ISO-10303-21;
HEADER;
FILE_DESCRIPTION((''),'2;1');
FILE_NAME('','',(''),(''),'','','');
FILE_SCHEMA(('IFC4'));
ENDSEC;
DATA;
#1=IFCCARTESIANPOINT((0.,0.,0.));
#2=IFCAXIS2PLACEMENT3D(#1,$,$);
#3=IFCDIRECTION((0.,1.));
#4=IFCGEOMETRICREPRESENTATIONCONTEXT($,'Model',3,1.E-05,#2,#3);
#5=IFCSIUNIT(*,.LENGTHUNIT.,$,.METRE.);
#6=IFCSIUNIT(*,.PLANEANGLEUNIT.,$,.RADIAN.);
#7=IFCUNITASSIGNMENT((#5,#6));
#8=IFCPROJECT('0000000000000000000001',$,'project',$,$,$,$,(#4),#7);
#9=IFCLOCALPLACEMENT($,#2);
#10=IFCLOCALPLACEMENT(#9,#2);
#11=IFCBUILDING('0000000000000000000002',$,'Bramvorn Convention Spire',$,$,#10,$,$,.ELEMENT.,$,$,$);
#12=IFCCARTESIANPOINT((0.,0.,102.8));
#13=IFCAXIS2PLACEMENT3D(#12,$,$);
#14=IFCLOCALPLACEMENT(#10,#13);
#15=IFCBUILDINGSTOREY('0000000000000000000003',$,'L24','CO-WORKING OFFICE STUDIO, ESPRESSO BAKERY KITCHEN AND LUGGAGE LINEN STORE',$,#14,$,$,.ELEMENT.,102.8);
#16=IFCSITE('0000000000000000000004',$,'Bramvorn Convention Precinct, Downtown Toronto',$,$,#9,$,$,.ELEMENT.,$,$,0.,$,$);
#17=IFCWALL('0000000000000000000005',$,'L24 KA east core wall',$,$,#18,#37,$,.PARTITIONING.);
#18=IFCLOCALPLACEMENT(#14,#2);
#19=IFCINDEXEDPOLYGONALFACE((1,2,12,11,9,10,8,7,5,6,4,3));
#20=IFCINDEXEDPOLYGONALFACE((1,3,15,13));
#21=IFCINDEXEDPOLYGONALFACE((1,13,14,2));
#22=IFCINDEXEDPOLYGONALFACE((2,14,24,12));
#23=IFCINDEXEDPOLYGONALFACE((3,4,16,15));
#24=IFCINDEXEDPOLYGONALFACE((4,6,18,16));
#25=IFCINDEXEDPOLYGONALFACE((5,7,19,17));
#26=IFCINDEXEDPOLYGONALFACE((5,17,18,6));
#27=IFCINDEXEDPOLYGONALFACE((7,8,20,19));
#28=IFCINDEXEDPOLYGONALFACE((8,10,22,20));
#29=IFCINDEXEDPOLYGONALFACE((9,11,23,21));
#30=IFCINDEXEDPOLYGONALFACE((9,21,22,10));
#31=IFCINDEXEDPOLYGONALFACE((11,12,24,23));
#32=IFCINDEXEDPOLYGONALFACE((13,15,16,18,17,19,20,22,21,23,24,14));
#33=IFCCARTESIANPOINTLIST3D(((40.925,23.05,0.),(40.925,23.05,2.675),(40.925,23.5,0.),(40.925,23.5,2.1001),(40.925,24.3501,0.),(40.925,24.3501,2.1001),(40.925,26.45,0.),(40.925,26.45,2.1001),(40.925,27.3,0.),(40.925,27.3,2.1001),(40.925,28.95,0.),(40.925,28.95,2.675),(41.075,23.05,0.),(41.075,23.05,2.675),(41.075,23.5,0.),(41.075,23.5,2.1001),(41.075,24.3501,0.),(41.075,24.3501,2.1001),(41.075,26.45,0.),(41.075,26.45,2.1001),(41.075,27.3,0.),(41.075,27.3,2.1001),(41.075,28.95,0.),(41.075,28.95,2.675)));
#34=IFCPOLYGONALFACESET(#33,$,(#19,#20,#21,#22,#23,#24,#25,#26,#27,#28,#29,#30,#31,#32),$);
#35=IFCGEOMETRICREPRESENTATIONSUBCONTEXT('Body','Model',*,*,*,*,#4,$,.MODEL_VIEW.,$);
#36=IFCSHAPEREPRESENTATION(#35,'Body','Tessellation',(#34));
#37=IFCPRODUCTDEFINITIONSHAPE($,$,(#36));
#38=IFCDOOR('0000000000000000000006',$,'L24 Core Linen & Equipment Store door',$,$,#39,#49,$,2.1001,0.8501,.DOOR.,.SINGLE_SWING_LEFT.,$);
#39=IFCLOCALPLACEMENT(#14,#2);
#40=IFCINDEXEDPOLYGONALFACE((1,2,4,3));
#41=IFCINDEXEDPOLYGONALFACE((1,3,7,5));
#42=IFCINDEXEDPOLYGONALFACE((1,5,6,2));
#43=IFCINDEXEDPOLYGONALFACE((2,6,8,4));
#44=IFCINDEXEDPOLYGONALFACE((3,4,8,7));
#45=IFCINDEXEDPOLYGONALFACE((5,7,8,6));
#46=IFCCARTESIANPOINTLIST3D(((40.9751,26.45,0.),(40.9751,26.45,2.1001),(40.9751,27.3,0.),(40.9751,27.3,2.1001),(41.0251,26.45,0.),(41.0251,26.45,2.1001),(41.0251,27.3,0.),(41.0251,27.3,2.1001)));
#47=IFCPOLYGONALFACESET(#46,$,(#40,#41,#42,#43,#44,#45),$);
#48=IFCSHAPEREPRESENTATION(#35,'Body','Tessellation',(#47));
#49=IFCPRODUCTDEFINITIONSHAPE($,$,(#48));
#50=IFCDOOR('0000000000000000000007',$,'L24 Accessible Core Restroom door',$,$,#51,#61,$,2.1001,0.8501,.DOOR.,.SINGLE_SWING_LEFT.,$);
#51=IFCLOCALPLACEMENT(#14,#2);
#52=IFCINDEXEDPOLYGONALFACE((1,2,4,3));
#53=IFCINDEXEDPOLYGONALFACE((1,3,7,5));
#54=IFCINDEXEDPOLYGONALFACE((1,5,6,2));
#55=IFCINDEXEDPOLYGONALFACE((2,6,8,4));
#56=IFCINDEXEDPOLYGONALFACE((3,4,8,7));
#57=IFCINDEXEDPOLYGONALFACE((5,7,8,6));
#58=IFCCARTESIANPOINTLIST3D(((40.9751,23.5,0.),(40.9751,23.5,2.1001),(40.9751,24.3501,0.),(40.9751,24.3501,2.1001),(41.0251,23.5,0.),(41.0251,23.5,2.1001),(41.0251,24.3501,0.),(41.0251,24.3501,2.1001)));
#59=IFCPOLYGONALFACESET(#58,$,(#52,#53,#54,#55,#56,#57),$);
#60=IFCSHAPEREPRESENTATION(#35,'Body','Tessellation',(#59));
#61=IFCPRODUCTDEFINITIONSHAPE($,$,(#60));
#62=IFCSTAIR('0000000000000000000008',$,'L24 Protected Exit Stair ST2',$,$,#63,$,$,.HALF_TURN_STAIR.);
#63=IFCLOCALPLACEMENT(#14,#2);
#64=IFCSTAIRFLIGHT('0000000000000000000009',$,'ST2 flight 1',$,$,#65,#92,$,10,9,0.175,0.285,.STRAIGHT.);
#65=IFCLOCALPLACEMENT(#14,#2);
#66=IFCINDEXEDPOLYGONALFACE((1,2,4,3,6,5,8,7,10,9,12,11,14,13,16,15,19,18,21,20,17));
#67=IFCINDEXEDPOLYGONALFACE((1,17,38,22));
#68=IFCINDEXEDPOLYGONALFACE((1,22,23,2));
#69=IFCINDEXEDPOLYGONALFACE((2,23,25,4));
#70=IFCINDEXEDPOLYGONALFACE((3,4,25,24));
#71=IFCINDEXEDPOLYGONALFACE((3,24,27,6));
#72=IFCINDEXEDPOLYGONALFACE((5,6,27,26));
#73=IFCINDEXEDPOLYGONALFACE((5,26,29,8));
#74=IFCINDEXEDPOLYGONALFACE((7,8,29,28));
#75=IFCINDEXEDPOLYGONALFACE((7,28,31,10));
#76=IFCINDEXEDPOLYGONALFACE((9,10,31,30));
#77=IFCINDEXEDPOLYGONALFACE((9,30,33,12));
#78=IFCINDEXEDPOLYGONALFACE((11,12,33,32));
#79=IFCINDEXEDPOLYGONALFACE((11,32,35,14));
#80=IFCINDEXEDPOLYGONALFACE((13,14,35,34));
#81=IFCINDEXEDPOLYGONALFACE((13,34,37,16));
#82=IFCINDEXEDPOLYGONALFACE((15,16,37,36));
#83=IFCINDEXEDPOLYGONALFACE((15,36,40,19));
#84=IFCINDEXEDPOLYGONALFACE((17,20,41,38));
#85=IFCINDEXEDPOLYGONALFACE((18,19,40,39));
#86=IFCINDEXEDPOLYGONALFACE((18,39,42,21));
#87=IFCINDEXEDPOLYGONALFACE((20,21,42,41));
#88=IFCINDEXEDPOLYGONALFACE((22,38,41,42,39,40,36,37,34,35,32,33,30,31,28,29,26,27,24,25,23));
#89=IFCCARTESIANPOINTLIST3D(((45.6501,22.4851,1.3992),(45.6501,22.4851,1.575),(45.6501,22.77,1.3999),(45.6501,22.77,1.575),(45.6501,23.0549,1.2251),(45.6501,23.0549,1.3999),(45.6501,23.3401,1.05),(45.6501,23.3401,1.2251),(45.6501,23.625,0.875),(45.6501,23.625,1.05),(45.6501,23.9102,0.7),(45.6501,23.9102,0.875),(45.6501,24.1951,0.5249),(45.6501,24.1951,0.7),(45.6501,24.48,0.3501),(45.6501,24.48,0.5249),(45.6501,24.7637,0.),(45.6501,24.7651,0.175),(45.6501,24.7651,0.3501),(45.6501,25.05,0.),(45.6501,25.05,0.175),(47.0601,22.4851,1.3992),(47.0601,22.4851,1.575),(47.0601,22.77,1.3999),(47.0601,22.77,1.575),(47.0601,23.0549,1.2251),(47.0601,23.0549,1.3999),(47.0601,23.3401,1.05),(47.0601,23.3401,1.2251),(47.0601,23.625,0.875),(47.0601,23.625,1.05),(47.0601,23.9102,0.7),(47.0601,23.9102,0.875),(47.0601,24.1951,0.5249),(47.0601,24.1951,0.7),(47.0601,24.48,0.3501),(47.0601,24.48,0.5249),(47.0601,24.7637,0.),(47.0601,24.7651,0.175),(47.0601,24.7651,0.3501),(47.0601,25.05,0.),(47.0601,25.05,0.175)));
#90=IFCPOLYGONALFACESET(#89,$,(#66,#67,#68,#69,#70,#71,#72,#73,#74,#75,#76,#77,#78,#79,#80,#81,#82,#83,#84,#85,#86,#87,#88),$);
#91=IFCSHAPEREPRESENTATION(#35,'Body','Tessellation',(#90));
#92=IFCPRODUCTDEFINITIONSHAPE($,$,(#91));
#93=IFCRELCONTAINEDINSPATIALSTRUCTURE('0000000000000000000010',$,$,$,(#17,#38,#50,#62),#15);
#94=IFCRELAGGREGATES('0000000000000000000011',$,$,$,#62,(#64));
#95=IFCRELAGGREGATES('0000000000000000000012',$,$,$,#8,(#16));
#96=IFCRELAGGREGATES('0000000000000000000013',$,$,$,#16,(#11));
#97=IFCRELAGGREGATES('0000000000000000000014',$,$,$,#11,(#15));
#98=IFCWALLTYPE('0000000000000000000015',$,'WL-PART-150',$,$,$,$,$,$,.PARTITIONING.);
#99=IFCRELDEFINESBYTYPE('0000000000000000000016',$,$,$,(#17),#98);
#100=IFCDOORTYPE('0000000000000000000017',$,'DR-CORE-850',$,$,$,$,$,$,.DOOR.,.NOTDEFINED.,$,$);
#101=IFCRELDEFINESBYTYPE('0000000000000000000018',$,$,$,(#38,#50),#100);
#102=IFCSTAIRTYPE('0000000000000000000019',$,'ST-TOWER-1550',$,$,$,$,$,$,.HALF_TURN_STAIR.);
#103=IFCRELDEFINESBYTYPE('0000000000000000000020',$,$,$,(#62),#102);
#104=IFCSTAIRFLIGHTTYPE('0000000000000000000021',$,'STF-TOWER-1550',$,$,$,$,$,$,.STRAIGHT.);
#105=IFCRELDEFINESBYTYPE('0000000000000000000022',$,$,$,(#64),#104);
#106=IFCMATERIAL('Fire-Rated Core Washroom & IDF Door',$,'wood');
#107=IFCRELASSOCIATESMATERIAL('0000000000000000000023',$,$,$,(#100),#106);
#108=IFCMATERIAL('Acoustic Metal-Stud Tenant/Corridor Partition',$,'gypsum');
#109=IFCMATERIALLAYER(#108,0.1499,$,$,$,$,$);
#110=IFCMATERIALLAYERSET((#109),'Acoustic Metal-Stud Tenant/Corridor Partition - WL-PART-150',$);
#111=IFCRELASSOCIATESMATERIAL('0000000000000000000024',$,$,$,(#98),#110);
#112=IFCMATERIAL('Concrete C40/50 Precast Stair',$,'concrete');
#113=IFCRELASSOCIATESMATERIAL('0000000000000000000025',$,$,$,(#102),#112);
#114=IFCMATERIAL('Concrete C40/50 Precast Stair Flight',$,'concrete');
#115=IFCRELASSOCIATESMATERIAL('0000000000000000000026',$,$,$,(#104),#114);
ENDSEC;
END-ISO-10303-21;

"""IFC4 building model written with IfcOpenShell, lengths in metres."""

from ifc_helpers import new_model, si_unit, direction, frame, frame_2d, origin, place, context, subcontext, project, spatial, polyline, rectangle, outline, extrude, material, layer, layer_set, type_object, element, fill, aggregate, save


model = new_model("IFC4")

# Units and contexts
model_context = context("Model", 3, precision=1e-05, world=origin(), true_north=direction((0.0, 1.0)))
body_context = subcontext(model_context, "Body", "Model", "MODEL_VIEW")
ifc_project = project(units=[si_unit("LENGTHUNIT", "METRE"), si_unit("PLANEANGLEUNIT", "RADIAN")], contexts=[model_context])

# Site, building, storey
site_placement = place(None, origin())
site = spatial("IfcSite", under=ifc_project, at=site_placement, Name="Bramvorn Convention Precinct, Downtown Toronto", CompositionType="ELEMENT", RefElevation=0.0)
building_placement = place(site_placement, origin())
building = spatial("IfcBuilding", under=site, at=building_placement, Name="Bramvorn Convention Spire", CompositionType="ELEMENT")
storey_placement = place(building_placement, frame((0.0, 0.0, 102.8)))
storey = spatial("IfcBuildingStorey", under=building, at=storey_placement, Name="L24", Description="CO-WORKING OFFICE STUDIO, ESPRESSO BAKERY KITCHEN AND LUGGAGE LINEN STORE", CompositionType="ELEMENT", Elevation=102.8)

# Shared definitions
ifc_material_1 = material(Name="Fire-Rated Core Washroom & IDF Door", Category="wood")
door_type_1 = type_object("IfcDoorType", Name="DR-CORE-850", OperationType="NOTDEFINED", PredefinedType="DOOR", material=ifc_material_1)

# Shared definitions
ifc_material_2 = material(Name="Acoustic Metal-Stud Tenant/Corridor Partition", Category="gypsum")
ifc_layer_1 = layer(ifc_material_2, 0.1499)
ifc_layer_set_1 = layer_set([ifc_layer_1], Name="Acoustic Metal-Stud Tenant/Corridor Partition - WL-PART-150")
wall_type_1 = type_object("IfcWallType", Name="WL-PART-150", PredefinedType="PARTITIONING", material=ifc_layer_set_1)

# Wall, openings, doors
wall_1_placement = place(storey_placement, frame((41.0, 23.05, 0.0), z_axis=(0.0, 0.0, 1.0), x_axis=(0.0, 1.0, 0.0)))
wall_1 = element("IfcWall", 1, at=wall_1_placement, inside=storey, type_object=wall_type_1, Name="L24 KA east core wall", PredefinedType="PARTITIONING", context=body_context, shape_type="SweptSolid", body=[
    extrude(rectangle(XDim=5.8999, YDim=0.1499, at=frame_2d((2.95, 0.0))), origin(), (0.0, 0.0, 1.0), 2.675),
])
opening_1_placement = place(wall_1_placement, frame((3.3999, 0.0, 0.0)))
opening_1 = element("IfcOpeningElement", 2, at=opening_1_placement, cuts=wall_1, PredefinedType="OPENING", context=body_context, shape_type="SweptSolid", body=[
    extrude(rectangle(XDim=0.8501, YDim=2.1001, at=frame_2d((0.425, 1.05))), frame((0.0, 0.085, 0.0), z_axis=(0.0, -1.0, 0.0), x_axis=(1.0, 0.0, 0.0)), (0.0, 0.0, 1.0), 0.1699),
])
opening_2_placement = place(wall_1_placement, frame((0.45, 0.0, 0.0)))
opening_2 = element("IfcOpeningElement", 3, at=opening_2_placement, cuts=wall_1, PredefinedType="OPENING", context=body_context, shape_type="SweptSolid", body=[
    extrude(rectangle(XDim=0.8501, YDim=2.1001, at=frame_2d((0.425, 1.05))), frame((0.0, 0.085, 0.0), z_axis=(0.0, -1.0, 0.0), x_axis=(1.0, 0.0, 0.0)), (0.0, 0.0, 1.0), 0.1699),
])
door_1_placement = place(opening_1_placement, origin())
door_1 = element("IfcDoor", 4, at=door_1_placement, inside=storey, type_object=door_type_1, Name="L24 Core Linen & Equipment Store door", OperationType="SINGLE_SWING_LEFT", OverallHeight=2.1001, OverallWidth=0.8501, PredefinedType="DOOR", context=body_context, shape_type="SweptSolid", body=[
    extrude(rectangle(XDim=0.8501, YDim=2.1001, at=frame_2d((0.425, 1.05))), frame((0.0, 0.0249, 0.0), z_axis=(0.0, -1.0, 0.0), x_axis=(1.0, 0.0, 0.0)), (0.0, 0.0, 1.0), 0.05),
])
fill(opening_1, door_1)
door_2_placement = place(opening_2_placement, origin())
door_2 = element("IfcDoor", 5, at=door_2_placement, inside=storey, type_object=door_type_1, Name="L24 Accessible Core Restroom door", OperationType="SINGLE_SWING_LEFT", OverallHeight=2.1001, OverallWidth=0.8501, PredefinedType="DOOR", context=body_context, shape_type="SweptSolid", body=[
    extrude(rectangle(XDim=0.8501, YDim=2.1001, at=frame_2d((0.425, 1.05))), frame((0.0, 0.0249, 0.0), z_axis=(0.0, -1.0, 0.0), x_axis=(1.0, 0.0, 0.0)), (0.0, 0.0, 1.0), 0.05),
])
fill(opening_2, door_2)

# Stair, stair flight
ifc_material_3 = material(Name="Concrete C40/50 Precast Stair", Category="concrete")
stair_type = type_object("IfcStairType", Name="ST-TOWER-1550", PredefinedType="HALF_TURN_STAIR", material=ifc_material_3)
stair_placement = place(storey_placement, origin())
stair = element("IfcStair", 6, at=stair_placement, inside=storey, type_object=stair_type, Name="L24 Protected Exit Stair ST2", PredefinedType="HALF_TURN_STAIR")
ifc_material_4 = material(Name="Concrete C40/50 Precast Stair Flight", Category="concrete")
stair_flight_type = type_object("IfcStairFlightType", Name="STF-TOWER-1550", PredefinedType="STRAIGHT", material=ifc_material_4)
stair_flight_placement = place(storey_placement, frame((46.355, 25.05, 0.0), z_axis=(0.0, 0.0, 1.0), x_axis=(0.0, -1.0, 0.0)))
stair_flight = element("IfcStairFlight", 7, at=stair_flight_placement, type_object=stair_flight_type, Name="ST2 flight 1", NumberOfRisers=10, NumberOfTreads=9, PredefinedType="STRAIGHT", RiserHeight=0.175, TreadLength=0.285, context=body_context, shape_type="SweptSolid", body=[
    extrude(outline(polyline([(0.0, 0.0), (0.0, 0.175), (0.2849, 0.175), (0.2849, 0.3501), (0.5701, 0.3501), (0.5701, 0.5249), (0.855, 0.5249), (0.855, 0.7), (1.1399, 0.7), (1.1399, 0.875), (1.425, 0.875), (1.425, 1.05), (1.71, 1.05), (1.71, 1.2251), (1.9951, 1.2251), (1.9951, 1.3999), (2.28, 1.3999), (2.28, 1.575), (2.5649, 1.575), (2.5649, 1.75), (2.5649, 1.3992), (0.2864, 0.0), (0.0, 0.0)])), frame((0.0, 0.7051, 0.0), z_axis=(0.0, -1.0, 0.0), x_axis=(1.0, 0.0, 0.0)), (0.0, 0.0, 1.0), 1.4099),
])
aggregate(stair, [stair_flight])

save(model, "model.ifc")
